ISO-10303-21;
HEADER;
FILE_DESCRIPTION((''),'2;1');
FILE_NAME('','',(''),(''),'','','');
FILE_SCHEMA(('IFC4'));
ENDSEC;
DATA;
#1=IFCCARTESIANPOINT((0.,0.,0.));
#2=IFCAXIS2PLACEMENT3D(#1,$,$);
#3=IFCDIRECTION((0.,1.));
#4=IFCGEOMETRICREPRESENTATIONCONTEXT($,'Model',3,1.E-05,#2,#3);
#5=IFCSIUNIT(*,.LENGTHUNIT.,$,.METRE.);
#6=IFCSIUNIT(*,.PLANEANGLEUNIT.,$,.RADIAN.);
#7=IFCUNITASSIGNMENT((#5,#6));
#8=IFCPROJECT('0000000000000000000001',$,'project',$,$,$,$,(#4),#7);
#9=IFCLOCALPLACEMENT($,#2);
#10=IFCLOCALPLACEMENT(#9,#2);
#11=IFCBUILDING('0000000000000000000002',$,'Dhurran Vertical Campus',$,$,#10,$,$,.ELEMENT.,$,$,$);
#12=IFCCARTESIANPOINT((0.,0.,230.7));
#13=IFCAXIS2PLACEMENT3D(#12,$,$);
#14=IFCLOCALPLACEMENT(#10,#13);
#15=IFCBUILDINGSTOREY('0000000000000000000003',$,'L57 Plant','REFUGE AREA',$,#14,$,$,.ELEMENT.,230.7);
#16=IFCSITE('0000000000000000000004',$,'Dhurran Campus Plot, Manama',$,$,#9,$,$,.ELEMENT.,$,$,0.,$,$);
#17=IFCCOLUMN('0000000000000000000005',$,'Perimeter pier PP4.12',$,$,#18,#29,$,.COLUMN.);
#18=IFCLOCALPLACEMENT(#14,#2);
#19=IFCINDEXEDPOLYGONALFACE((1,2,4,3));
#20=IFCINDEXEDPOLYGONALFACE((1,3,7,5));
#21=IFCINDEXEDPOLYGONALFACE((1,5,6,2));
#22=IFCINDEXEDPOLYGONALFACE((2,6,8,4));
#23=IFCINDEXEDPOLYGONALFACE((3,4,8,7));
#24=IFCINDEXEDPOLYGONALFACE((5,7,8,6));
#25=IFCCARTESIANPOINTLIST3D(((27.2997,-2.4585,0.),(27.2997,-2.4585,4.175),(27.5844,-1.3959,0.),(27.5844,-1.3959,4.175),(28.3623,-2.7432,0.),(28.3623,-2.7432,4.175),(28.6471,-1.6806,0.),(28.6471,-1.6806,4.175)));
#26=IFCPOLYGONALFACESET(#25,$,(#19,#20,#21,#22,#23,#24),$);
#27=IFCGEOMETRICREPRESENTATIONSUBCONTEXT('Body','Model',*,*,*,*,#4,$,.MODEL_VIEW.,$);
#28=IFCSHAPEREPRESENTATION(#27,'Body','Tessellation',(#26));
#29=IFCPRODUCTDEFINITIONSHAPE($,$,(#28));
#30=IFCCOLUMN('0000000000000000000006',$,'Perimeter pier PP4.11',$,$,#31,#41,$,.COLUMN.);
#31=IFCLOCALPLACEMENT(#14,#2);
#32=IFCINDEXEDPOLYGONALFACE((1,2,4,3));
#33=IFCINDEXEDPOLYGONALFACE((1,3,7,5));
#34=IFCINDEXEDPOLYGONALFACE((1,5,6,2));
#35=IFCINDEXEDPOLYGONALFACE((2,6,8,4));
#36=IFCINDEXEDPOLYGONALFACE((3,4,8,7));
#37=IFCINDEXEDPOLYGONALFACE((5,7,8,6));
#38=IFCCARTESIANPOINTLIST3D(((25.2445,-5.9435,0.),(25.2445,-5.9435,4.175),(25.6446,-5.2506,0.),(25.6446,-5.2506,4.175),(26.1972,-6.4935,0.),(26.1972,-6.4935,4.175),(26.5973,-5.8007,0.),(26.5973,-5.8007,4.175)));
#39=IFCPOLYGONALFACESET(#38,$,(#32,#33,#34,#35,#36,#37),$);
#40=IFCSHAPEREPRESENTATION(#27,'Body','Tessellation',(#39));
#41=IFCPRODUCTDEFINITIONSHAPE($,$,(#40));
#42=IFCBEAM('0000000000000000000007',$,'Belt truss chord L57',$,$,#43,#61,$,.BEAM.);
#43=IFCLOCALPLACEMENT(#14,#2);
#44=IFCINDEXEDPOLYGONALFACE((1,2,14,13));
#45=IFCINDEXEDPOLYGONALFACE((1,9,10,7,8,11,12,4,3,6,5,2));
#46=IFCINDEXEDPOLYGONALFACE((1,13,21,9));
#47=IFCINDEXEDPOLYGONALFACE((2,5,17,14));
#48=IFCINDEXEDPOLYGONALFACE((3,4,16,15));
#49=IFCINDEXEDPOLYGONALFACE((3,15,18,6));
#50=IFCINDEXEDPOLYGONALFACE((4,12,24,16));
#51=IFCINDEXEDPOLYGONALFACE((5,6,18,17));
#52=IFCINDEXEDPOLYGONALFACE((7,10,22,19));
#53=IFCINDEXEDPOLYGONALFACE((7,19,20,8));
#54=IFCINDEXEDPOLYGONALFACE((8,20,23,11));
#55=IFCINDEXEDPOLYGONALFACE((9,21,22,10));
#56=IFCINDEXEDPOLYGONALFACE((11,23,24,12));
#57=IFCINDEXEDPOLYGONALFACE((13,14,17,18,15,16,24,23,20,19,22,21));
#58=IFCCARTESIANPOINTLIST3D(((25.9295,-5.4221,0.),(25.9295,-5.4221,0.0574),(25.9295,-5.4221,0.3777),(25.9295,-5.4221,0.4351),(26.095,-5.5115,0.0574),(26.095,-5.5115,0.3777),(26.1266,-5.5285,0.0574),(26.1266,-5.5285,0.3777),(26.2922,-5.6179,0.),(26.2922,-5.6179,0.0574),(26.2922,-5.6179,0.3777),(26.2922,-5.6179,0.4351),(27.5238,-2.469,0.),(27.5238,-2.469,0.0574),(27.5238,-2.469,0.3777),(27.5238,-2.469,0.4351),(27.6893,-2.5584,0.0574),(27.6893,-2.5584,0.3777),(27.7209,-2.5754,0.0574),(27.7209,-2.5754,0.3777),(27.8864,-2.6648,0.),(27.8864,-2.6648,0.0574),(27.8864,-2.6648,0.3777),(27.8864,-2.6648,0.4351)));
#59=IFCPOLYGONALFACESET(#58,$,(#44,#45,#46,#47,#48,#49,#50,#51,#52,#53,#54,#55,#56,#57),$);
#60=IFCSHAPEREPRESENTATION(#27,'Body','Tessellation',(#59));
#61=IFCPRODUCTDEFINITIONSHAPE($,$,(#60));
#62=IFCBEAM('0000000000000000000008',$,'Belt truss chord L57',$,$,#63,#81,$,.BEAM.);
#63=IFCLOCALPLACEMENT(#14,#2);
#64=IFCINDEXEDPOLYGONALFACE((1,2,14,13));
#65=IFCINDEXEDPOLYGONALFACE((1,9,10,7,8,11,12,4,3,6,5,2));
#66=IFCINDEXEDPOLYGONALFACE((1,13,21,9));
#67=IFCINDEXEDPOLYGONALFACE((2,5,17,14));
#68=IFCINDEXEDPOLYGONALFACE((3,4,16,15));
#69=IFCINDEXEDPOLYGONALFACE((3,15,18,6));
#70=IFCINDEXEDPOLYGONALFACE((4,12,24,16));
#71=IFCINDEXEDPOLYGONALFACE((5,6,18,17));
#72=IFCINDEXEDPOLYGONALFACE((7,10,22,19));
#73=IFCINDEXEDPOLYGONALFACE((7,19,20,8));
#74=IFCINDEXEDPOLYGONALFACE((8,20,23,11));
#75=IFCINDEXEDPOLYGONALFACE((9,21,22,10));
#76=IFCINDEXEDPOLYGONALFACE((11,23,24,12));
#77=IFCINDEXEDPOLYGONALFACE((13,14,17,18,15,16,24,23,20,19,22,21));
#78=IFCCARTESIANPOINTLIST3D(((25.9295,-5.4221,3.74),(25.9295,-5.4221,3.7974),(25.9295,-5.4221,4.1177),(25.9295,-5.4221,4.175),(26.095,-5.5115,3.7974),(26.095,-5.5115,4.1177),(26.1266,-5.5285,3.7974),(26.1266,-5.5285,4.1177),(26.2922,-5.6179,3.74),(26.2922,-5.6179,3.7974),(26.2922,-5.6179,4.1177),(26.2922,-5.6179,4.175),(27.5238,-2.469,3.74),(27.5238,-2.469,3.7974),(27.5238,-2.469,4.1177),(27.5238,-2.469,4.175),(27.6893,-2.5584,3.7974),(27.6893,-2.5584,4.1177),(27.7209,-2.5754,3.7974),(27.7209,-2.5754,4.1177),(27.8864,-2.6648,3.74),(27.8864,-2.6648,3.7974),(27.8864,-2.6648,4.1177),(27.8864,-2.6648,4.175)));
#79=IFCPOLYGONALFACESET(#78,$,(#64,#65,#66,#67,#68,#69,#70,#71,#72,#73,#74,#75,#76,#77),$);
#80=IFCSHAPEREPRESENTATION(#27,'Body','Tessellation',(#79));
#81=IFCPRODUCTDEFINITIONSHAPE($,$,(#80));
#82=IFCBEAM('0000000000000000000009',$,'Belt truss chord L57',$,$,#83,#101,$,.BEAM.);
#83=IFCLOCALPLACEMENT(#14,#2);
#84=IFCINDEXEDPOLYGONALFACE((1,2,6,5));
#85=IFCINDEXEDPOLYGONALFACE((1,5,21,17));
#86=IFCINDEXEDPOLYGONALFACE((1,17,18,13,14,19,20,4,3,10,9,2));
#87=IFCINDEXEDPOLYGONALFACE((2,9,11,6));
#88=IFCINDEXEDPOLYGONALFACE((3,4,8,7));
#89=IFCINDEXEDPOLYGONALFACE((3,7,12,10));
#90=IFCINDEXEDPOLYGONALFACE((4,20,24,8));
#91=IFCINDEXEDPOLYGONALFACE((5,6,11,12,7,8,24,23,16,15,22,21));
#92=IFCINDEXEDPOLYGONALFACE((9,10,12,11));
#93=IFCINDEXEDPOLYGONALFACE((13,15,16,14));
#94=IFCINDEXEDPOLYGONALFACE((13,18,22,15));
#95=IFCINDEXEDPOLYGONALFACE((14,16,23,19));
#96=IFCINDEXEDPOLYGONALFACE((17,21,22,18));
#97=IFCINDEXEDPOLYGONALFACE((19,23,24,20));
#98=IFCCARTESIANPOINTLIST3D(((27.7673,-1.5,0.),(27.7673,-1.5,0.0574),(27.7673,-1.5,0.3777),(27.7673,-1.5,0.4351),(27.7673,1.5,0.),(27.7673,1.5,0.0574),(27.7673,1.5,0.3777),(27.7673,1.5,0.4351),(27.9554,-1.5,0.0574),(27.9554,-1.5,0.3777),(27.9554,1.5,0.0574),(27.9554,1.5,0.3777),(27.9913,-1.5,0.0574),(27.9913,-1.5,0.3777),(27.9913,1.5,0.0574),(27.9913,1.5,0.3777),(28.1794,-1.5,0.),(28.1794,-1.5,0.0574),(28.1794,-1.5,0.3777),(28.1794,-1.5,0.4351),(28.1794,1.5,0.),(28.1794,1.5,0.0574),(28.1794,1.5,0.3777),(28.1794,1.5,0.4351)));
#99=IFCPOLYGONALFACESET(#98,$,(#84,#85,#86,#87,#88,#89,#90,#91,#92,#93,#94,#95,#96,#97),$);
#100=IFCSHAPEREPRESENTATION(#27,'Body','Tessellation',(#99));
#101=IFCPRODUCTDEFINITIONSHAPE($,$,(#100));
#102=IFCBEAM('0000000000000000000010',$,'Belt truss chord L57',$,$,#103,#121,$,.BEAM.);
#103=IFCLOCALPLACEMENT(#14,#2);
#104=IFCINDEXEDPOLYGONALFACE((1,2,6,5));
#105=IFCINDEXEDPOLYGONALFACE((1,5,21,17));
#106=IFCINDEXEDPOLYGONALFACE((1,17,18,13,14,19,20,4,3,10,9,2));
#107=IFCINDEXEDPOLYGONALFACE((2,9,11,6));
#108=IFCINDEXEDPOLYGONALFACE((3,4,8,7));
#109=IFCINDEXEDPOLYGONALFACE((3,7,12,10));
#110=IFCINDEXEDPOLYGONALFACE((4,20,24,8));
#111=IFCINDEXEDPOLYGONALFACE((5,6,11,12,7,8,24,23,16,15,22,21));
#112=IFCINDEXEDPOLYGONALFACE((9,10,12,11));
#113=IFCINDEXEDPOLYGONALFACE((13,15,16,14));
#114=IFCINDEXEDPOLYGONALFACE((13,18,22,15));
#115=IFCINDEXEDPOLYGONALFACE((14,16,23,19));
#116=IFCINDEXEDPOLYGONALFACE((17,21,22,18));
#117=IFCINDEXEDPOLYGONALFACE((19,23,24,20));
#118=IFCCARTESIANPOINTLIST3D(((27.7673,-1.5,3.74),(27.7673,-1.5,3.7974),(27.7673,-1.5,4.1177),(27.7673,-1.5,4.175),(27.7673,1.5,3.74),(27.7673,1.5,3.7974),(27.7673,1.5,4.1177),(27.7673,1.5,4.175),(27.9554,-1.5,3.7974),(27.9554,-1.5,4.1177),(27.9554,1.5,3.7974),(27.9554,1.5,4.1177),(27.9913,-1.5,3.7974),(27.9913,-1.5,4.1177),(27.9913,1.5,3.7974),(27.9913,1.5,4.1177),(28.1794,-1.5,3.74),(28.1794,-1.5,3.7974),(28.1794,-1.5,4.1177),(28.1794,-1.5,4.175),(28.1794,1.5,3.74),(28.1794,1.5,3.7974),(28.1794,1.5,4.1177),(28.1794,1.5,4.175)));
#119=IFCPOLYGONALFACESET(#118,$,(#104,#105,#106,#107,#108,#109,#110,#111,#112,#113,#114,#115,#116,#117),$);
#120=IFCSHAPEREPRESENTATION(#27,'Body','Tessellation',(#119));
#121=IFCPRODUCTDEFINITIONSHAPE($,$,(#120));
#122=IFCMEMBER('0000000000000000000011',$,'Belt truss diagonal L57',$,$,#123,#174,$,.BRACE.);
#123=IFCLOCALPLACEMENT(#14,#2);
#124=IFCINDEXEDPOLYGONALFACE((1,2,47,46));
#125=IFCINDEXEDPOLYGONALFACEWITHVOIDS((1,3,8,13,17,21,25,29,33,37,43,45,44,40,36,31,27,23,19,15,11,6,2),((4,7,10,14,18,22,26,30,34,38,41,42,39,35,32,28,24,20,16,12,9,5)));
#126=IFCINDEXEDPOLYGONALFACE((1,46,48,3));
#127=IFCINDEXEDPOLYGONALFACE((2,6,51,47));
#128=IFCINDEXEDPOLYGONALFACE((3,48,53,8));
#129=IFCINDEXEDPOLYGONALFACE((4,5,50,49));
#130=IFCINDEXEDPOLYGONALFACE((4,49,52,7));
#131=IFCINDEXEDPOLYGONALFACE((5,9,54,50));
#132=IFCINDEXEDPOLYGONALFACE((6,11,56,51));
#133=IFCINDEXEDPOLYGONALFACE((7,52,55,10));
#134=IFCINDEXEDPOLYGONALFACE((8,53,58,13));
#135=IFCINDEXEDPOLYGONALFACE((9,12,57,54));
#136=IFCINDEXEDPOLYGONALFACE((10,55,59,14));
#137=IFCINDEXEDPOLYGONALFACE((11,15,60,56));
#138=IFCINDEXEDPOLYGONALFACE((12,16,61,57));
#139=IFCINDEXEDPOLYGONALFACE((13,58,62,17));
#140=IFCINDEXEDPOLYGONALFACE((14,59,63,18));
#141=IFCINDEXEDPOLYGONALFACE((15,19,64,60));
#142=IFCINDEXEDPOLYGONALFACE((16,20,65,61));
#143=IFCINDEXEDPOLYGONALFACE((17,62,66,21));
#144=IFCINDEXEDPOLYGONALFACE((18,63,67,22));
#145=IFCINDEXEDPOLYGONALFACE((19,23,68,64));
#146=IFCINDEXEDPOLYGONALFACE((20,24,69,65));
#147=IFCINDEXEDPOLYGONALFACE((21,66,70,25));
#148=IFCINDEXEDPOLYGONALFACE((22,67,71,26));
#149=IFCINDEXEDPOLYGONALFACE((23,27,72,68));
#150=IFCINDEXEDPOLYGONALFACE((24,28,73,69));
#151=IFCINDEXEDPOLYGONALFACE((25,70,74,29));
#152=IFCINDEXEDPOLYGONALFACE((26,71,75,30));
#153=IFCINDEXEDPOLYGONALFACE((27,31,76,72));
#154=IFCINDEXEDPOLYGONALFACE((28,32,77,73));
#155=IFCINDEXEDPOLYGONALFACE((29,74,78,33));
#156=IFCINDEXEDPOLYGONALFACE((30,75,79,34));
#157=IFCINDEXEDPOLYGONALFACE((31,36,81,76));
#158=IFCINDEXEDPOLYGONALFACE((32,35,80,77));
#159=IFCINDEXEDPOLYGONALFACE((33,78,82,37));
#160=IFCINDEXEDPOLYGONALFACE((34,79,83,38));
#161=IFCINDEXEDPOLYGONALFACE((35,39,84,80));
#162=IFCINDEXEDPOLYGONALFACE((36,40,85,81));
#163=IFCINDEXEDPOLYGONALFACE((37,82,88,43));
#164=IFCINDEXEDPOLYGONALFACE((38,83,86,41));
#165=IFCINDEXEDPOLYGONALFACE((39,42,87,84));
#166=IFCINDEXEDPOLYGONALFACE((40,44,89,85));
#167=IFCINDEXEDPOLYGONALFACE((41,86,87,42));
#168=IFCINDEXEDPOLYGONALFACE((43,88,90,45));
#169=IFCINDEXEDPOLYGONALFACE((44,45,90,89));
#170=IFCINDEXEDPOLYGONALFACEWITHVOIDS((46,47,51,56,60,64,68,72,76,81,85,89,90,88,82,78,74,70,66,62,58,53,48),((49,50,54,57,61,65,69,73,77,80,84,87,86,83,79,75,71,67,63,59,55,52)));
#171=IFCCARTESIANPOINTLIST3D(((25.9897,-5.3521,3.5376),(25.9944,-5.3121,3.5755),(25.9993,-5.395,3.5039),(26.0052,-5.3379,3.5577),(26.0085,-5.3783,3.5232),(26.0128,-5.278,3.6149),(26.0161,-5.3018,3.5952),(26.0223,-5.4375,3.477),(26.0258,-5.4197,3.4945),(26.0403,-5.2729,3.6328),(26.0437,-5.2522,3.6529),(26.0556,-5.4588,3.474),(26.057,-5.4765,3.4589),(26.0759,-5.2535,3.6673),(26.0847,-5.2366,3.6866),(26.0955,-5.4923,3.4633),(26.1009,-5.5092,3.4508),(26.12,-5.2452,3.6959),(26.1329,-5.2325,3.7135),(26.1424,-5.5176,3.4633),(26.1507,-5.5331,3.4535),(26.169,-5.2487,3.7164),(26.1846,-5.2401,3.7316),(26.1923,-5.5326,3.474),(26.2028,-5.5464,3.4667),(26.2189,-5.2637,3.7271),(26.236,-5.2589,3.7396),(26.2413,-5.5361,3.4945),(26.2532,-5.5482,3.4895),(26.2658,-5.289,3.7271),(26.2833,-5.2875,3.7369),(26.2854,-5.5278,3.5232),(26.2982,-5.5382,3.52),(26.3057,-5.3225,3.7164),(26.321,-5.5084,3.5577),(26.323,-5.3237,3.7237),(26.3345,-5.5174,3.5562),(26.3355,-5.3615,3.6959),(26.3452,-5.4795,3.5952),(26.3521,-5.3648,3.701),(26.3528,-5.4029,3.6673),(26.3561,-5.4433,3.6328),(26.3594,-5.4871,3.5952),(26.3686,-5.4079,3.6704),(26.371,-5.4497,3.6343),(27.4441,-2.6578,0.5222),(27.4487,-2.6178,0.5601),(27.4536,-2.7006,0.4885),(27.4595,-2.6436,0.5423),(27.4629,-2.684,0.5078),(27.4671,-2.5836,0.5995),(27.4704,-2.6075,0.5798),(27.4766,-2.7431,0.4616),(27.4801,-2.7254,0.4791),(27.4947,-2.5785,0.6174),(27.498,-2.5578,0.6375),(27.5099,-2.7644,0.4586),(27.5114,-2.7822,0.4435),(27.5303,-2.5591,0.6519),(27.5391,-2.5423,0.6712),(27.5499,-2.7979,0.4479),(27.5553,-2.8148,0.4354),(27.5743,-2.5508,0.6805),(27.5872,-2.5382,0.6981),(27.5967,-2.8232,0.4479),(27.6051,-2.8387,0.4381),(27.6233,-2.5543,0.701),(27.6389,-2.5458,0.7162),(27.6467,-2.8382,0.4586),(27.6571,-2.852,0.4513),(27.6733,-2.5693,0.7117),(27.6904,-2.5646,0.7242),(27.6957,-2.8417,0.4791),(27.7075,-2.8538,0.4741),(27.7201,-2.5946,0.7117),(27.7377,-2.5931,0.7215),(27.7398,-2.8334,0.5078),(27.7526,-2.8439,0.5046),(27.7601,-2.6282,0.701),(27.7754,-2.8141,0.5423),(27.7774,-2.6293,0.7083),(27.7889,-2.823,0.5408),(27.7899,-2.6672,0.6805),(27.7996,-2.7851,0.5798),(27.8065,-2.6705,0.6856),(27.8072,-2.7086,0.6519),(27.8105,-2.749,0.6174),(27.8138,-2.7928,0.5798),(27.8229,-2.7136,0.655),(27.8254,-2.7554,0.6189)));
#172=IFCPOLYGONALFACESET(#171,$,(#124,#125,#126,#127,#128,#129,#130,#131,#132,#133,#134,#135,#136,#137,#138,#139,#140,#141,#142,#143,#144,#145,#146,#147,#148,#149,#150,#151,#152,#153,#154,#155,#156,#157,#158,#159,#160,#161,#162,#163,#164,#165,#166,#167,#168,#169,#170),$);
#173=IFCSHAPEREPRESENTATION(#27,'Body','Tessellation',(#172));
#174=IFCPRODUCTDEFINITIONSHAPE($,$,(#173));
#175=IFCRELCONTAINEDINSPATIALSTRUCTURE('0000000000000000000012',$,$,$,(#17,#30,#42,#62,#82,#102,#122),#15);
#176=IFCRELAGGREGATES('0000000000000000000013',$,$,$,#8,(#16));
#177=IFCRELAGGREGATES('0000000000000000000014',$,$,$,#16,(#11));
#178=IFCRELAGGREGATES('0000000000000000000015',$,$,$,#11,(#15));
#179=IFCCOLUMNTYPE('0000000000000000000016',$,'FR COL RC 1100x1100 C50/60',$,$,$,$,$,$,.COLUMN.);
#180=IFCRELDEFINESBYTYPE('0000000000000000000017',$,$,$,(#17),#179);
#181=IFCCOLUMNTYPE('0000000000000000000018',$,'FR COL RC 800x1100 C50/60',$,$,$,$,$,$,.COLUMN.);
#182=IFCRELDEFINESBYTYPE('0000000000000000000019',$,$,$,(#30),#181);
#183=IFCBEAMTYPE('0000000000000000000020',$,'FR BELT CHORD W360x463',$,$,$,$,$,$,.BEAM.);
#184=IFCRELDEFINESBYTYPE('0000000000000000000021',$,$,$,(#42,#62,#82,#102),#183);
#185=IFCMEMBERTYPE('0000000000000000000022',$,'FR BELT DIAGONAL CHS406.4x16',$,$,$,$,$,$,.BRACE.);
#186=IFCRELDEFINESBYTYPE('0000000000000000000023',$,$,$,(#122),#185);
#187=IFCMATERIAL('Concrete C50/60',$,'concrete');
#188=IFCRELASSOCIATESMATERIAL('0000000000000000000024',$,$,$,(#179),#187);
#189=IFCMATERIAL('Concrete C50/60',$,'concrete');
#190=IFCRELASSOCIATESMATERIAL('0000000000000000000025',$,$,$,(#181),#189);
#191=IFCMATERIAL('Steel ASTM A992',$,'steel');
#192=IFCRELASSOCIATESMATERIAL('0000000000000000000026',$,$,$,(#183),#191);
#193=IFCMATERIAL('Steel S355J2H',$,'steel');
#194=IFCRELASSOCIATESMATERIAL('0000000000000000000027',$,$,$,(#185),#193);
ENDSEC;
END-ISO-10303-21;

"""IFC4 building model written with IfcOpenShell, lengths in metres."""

from ifc_helpers import new_model, si_unit, direction, frame, origin, origin_2d, place, context, subcontext, project, spatial, rectangle, hollow_circle, i_section, extrude, material, material_profile, profile_set, type_object, element, save


model = new_model("IFC4")

# Units and contexts
model_context = context("Model", 3, precision=1e-05, world=origin(), true_north=direction((0.0, 1.0)))
body_context = subcontext(model_context, "Body", "Model", "MODEL_VIEW")
ifc_project = project(units=[si_unit("LENGTHUNIT", "METRE"), si_unit("PLANEANGLEUNIT", "RADIAN")], contexts=[model_context])

# Site, building, storey
site_placement = place(None, origin())
site = spatial("IfcSite", under=ifc_project, at=site_placement, Name="Dhurran Campus Plot, Manama", CompositionType="ELEMENT", RefElevation=0.0)
building_placement = place(site_placement, origin())
building = spatial("IfcBuilding", under=site, at=building_placement, Name="Dhurran Vertical Campus", CompositionType="ELEMENT")
storey_placement = place(building_placement, frame((0.0, 0.0, 230.7)))
storey = spatial("IfcBuildingStorey", under=building, at=storey_placement, Name="L57 Plant", Description="REFUGE AREA", CompositionType="ELEMENT", Elevation=230.7)

# Columns
ifc_material_1 = material(Name="Concrete C50/60", Category="concrete")
ifc_material_profile_1 = material_profile(ifc_material_1, rectangle(XDim=1.1001, YDim=1.1001, at=origin_2d()), Name="RC 1100x1100")
ifc_profile_set_1 = profile_set([ifc_material_profile_1], Name="Concrete C50/60")
column_type_1 = type_object("IfcColumnType", Name="FR COL RC 1100x1100 C50/60", PredefinedType="COLUMN", material=ifc_profile_set_1)
column_1_placement = place(storey_placement, frame((27.9734, -2.0696, 0.0), z_axis=(0.0, 0.0, 1.0), x_axis=(0.258819, 0.965926, 0.0)))
element("IfcColumn", 1, at=column_1_placement, inside=storey, type_object=column_type_1, Name="Perimeter pier PP4.12", PredefinedType="COLUMN", context=body_context, shape_type="SweptSolid", body=[
    extrude(rectangle(XDim=1.1001, YDim=1.1001, at=origin_2d()), origin(), (0.0, 0.0, 1.0), 4.175),
])
ifc_material_2 = material(Name="Concrete C50/60", Category="concrete")
ifc_material_profile_2 = material_profile(ifc_material_2, rectangle(XDim=0.8, YDim=1.1001, at=origin_2d()), Name="RC 800x1100")
ifc_profile_set_2 = profile_set([ifc_material_profile_2], Name="Concrete C50/60")
column_type_2 = type_object("IfcColumnType", Name="FR COL RC 800x1100 C50/60", PredefinedType="COLUMN", material=ifc_profile_set_2)
column_2_placement = place(storey_placement, frame((25.9209, -5.8721, 0.0), z_axis=(0.0, 0.0, 1.0), x_axis=(0.5, 0.866025, 0.0)))
element("IfcColumn", 2, at=column_2_placement, inside=storey, type_object=column_type_2, Name="Perimeter pier PP4.11", PredefinedType="COLUMN", context=body_context, shape_type="SweptSolid", body=[
    extrude(rectangle(XDim=0.8, YDim=1.1001, at=origin_2d()), origin(), (0.0, 0.0, 1.0), 4.175),
])

# Beams
ifc_material_3 = material(Name="Steel ASTM A992", Category="steel")
ifc_material_profile_3 = material_profile(ifc_material_3, i_section(OverallWidth=0.4121, OverallDepth=0.4351, WebThickness=0.0359, FlangeThickness=0.0574, at=origin_2d()), Name="W360x463")
ifc_profile_set_3 = profile_set([ifc_material_profile_3], Name="Steel ASTM A992")
beam_type_1 = type_object("IfcBeamType", Name="FR BELT CHORD W360x463", PredefinedType="BEAM", material=ifc_profile_set_3)
for number, where, z_axis, x_axis, name in (
    (3, (26.1108, -5.52, 0.2175), (0.475045, 0.879961, 0.0), (-0.879961, 0.475045, 0.0), "Belt truss chord L57"),
    (4, (26.1108, -5.52, 3.9575), (0.475045, 0.879961, 0.0), (-0.879961, 0.475045, 0.0), "Belt truss chord L57"),
):
    element("IfcBeam", number, at=place(storey_placement, frame(where, z_axis=z_axis, x_axis=x_axis)), inside=storey, type_object=beam_type_1, Name=name, PredefinedType="BEAM", context=body_context, shape_type="SweptSolid", body=[
        extrude(i_section(OverallWidth=0.4121, OverallDepth=0.4351, WebThickness=0.0359, FlangeThickness=0.0574, at=origin_2d()), origin(), (0.0, 0.0, 1.0), 3.356),
    ])
for number, where, z_axis, x_axis, name in (
    (5, (27.9734, -1.5, 0.2175), (0.0, 1.0, 0.0), (-1.0, 0.0, 0.0), "Belt truss chord L57"),
    (6, (27.9734, -1.5, 3.9575), (0.0, 1.0, 0.0), (-1.0, 0.0, 0.0), "Belt truss chord L57"),
):
    element("IfcBeam", number, at=place(storey_placement, frame(where, z_axis=z_axis, x_axis=x_axis)), inside=storey, type_object=beam_type_1, Name=name, PredefinedType="BEAM", context=body_context, shape_type="SweptSolid", body=[
        extrude(i_section(OverallWidth=0.4121, OverallDepth=0.4351, WebThickness=0.0359, FlangeThickness=0.0574, at=origin_2d()), origin(), (0.0, 0.0, 1.0), 3.0),
    ])

# Member
ifc_material_4 = material(Name="Steel S355J2H", Category="steel")
ifc_material_profile_4 = material_profile(ifc_material_4, hollow_circle(Radius=0.2031, WallThickness=0.0161, at=origin_2d()), Name="CHS406.4x16")
ifc_profile_set_4 = profile_set([ifc_material_profile_4], Name="Steel S355J2H")
member_type_1 = type_object("IfcMemberType", Name="FR BELT DIAGONAL CHS406.4x16", PredefinedType="BRACE", material=ifc_profile_set_4)
member_1_placement = place(storey_placement, frame((27.635, -2.6963, 0.5798), z_axis=(-0.33843, -0.626978, 0.701686), x_axis=(0.879987, -0.474998, 0.0)))
element("IfcMember", 7, at=member_1_placement, inside=storey, type_object=member_type_1, Name="Belt truss diagonal L57", PredefinedType="BRACE", context=body_context, shape_type="SweptSolid", body=[
    extrude(hollow_circle(Radius=0.2031, WallThickness=0.0161, at=origin_2d()), origin(), (0.0, 0.0, 1.0), 4.2974),
])

save(model, "model.ifc")
